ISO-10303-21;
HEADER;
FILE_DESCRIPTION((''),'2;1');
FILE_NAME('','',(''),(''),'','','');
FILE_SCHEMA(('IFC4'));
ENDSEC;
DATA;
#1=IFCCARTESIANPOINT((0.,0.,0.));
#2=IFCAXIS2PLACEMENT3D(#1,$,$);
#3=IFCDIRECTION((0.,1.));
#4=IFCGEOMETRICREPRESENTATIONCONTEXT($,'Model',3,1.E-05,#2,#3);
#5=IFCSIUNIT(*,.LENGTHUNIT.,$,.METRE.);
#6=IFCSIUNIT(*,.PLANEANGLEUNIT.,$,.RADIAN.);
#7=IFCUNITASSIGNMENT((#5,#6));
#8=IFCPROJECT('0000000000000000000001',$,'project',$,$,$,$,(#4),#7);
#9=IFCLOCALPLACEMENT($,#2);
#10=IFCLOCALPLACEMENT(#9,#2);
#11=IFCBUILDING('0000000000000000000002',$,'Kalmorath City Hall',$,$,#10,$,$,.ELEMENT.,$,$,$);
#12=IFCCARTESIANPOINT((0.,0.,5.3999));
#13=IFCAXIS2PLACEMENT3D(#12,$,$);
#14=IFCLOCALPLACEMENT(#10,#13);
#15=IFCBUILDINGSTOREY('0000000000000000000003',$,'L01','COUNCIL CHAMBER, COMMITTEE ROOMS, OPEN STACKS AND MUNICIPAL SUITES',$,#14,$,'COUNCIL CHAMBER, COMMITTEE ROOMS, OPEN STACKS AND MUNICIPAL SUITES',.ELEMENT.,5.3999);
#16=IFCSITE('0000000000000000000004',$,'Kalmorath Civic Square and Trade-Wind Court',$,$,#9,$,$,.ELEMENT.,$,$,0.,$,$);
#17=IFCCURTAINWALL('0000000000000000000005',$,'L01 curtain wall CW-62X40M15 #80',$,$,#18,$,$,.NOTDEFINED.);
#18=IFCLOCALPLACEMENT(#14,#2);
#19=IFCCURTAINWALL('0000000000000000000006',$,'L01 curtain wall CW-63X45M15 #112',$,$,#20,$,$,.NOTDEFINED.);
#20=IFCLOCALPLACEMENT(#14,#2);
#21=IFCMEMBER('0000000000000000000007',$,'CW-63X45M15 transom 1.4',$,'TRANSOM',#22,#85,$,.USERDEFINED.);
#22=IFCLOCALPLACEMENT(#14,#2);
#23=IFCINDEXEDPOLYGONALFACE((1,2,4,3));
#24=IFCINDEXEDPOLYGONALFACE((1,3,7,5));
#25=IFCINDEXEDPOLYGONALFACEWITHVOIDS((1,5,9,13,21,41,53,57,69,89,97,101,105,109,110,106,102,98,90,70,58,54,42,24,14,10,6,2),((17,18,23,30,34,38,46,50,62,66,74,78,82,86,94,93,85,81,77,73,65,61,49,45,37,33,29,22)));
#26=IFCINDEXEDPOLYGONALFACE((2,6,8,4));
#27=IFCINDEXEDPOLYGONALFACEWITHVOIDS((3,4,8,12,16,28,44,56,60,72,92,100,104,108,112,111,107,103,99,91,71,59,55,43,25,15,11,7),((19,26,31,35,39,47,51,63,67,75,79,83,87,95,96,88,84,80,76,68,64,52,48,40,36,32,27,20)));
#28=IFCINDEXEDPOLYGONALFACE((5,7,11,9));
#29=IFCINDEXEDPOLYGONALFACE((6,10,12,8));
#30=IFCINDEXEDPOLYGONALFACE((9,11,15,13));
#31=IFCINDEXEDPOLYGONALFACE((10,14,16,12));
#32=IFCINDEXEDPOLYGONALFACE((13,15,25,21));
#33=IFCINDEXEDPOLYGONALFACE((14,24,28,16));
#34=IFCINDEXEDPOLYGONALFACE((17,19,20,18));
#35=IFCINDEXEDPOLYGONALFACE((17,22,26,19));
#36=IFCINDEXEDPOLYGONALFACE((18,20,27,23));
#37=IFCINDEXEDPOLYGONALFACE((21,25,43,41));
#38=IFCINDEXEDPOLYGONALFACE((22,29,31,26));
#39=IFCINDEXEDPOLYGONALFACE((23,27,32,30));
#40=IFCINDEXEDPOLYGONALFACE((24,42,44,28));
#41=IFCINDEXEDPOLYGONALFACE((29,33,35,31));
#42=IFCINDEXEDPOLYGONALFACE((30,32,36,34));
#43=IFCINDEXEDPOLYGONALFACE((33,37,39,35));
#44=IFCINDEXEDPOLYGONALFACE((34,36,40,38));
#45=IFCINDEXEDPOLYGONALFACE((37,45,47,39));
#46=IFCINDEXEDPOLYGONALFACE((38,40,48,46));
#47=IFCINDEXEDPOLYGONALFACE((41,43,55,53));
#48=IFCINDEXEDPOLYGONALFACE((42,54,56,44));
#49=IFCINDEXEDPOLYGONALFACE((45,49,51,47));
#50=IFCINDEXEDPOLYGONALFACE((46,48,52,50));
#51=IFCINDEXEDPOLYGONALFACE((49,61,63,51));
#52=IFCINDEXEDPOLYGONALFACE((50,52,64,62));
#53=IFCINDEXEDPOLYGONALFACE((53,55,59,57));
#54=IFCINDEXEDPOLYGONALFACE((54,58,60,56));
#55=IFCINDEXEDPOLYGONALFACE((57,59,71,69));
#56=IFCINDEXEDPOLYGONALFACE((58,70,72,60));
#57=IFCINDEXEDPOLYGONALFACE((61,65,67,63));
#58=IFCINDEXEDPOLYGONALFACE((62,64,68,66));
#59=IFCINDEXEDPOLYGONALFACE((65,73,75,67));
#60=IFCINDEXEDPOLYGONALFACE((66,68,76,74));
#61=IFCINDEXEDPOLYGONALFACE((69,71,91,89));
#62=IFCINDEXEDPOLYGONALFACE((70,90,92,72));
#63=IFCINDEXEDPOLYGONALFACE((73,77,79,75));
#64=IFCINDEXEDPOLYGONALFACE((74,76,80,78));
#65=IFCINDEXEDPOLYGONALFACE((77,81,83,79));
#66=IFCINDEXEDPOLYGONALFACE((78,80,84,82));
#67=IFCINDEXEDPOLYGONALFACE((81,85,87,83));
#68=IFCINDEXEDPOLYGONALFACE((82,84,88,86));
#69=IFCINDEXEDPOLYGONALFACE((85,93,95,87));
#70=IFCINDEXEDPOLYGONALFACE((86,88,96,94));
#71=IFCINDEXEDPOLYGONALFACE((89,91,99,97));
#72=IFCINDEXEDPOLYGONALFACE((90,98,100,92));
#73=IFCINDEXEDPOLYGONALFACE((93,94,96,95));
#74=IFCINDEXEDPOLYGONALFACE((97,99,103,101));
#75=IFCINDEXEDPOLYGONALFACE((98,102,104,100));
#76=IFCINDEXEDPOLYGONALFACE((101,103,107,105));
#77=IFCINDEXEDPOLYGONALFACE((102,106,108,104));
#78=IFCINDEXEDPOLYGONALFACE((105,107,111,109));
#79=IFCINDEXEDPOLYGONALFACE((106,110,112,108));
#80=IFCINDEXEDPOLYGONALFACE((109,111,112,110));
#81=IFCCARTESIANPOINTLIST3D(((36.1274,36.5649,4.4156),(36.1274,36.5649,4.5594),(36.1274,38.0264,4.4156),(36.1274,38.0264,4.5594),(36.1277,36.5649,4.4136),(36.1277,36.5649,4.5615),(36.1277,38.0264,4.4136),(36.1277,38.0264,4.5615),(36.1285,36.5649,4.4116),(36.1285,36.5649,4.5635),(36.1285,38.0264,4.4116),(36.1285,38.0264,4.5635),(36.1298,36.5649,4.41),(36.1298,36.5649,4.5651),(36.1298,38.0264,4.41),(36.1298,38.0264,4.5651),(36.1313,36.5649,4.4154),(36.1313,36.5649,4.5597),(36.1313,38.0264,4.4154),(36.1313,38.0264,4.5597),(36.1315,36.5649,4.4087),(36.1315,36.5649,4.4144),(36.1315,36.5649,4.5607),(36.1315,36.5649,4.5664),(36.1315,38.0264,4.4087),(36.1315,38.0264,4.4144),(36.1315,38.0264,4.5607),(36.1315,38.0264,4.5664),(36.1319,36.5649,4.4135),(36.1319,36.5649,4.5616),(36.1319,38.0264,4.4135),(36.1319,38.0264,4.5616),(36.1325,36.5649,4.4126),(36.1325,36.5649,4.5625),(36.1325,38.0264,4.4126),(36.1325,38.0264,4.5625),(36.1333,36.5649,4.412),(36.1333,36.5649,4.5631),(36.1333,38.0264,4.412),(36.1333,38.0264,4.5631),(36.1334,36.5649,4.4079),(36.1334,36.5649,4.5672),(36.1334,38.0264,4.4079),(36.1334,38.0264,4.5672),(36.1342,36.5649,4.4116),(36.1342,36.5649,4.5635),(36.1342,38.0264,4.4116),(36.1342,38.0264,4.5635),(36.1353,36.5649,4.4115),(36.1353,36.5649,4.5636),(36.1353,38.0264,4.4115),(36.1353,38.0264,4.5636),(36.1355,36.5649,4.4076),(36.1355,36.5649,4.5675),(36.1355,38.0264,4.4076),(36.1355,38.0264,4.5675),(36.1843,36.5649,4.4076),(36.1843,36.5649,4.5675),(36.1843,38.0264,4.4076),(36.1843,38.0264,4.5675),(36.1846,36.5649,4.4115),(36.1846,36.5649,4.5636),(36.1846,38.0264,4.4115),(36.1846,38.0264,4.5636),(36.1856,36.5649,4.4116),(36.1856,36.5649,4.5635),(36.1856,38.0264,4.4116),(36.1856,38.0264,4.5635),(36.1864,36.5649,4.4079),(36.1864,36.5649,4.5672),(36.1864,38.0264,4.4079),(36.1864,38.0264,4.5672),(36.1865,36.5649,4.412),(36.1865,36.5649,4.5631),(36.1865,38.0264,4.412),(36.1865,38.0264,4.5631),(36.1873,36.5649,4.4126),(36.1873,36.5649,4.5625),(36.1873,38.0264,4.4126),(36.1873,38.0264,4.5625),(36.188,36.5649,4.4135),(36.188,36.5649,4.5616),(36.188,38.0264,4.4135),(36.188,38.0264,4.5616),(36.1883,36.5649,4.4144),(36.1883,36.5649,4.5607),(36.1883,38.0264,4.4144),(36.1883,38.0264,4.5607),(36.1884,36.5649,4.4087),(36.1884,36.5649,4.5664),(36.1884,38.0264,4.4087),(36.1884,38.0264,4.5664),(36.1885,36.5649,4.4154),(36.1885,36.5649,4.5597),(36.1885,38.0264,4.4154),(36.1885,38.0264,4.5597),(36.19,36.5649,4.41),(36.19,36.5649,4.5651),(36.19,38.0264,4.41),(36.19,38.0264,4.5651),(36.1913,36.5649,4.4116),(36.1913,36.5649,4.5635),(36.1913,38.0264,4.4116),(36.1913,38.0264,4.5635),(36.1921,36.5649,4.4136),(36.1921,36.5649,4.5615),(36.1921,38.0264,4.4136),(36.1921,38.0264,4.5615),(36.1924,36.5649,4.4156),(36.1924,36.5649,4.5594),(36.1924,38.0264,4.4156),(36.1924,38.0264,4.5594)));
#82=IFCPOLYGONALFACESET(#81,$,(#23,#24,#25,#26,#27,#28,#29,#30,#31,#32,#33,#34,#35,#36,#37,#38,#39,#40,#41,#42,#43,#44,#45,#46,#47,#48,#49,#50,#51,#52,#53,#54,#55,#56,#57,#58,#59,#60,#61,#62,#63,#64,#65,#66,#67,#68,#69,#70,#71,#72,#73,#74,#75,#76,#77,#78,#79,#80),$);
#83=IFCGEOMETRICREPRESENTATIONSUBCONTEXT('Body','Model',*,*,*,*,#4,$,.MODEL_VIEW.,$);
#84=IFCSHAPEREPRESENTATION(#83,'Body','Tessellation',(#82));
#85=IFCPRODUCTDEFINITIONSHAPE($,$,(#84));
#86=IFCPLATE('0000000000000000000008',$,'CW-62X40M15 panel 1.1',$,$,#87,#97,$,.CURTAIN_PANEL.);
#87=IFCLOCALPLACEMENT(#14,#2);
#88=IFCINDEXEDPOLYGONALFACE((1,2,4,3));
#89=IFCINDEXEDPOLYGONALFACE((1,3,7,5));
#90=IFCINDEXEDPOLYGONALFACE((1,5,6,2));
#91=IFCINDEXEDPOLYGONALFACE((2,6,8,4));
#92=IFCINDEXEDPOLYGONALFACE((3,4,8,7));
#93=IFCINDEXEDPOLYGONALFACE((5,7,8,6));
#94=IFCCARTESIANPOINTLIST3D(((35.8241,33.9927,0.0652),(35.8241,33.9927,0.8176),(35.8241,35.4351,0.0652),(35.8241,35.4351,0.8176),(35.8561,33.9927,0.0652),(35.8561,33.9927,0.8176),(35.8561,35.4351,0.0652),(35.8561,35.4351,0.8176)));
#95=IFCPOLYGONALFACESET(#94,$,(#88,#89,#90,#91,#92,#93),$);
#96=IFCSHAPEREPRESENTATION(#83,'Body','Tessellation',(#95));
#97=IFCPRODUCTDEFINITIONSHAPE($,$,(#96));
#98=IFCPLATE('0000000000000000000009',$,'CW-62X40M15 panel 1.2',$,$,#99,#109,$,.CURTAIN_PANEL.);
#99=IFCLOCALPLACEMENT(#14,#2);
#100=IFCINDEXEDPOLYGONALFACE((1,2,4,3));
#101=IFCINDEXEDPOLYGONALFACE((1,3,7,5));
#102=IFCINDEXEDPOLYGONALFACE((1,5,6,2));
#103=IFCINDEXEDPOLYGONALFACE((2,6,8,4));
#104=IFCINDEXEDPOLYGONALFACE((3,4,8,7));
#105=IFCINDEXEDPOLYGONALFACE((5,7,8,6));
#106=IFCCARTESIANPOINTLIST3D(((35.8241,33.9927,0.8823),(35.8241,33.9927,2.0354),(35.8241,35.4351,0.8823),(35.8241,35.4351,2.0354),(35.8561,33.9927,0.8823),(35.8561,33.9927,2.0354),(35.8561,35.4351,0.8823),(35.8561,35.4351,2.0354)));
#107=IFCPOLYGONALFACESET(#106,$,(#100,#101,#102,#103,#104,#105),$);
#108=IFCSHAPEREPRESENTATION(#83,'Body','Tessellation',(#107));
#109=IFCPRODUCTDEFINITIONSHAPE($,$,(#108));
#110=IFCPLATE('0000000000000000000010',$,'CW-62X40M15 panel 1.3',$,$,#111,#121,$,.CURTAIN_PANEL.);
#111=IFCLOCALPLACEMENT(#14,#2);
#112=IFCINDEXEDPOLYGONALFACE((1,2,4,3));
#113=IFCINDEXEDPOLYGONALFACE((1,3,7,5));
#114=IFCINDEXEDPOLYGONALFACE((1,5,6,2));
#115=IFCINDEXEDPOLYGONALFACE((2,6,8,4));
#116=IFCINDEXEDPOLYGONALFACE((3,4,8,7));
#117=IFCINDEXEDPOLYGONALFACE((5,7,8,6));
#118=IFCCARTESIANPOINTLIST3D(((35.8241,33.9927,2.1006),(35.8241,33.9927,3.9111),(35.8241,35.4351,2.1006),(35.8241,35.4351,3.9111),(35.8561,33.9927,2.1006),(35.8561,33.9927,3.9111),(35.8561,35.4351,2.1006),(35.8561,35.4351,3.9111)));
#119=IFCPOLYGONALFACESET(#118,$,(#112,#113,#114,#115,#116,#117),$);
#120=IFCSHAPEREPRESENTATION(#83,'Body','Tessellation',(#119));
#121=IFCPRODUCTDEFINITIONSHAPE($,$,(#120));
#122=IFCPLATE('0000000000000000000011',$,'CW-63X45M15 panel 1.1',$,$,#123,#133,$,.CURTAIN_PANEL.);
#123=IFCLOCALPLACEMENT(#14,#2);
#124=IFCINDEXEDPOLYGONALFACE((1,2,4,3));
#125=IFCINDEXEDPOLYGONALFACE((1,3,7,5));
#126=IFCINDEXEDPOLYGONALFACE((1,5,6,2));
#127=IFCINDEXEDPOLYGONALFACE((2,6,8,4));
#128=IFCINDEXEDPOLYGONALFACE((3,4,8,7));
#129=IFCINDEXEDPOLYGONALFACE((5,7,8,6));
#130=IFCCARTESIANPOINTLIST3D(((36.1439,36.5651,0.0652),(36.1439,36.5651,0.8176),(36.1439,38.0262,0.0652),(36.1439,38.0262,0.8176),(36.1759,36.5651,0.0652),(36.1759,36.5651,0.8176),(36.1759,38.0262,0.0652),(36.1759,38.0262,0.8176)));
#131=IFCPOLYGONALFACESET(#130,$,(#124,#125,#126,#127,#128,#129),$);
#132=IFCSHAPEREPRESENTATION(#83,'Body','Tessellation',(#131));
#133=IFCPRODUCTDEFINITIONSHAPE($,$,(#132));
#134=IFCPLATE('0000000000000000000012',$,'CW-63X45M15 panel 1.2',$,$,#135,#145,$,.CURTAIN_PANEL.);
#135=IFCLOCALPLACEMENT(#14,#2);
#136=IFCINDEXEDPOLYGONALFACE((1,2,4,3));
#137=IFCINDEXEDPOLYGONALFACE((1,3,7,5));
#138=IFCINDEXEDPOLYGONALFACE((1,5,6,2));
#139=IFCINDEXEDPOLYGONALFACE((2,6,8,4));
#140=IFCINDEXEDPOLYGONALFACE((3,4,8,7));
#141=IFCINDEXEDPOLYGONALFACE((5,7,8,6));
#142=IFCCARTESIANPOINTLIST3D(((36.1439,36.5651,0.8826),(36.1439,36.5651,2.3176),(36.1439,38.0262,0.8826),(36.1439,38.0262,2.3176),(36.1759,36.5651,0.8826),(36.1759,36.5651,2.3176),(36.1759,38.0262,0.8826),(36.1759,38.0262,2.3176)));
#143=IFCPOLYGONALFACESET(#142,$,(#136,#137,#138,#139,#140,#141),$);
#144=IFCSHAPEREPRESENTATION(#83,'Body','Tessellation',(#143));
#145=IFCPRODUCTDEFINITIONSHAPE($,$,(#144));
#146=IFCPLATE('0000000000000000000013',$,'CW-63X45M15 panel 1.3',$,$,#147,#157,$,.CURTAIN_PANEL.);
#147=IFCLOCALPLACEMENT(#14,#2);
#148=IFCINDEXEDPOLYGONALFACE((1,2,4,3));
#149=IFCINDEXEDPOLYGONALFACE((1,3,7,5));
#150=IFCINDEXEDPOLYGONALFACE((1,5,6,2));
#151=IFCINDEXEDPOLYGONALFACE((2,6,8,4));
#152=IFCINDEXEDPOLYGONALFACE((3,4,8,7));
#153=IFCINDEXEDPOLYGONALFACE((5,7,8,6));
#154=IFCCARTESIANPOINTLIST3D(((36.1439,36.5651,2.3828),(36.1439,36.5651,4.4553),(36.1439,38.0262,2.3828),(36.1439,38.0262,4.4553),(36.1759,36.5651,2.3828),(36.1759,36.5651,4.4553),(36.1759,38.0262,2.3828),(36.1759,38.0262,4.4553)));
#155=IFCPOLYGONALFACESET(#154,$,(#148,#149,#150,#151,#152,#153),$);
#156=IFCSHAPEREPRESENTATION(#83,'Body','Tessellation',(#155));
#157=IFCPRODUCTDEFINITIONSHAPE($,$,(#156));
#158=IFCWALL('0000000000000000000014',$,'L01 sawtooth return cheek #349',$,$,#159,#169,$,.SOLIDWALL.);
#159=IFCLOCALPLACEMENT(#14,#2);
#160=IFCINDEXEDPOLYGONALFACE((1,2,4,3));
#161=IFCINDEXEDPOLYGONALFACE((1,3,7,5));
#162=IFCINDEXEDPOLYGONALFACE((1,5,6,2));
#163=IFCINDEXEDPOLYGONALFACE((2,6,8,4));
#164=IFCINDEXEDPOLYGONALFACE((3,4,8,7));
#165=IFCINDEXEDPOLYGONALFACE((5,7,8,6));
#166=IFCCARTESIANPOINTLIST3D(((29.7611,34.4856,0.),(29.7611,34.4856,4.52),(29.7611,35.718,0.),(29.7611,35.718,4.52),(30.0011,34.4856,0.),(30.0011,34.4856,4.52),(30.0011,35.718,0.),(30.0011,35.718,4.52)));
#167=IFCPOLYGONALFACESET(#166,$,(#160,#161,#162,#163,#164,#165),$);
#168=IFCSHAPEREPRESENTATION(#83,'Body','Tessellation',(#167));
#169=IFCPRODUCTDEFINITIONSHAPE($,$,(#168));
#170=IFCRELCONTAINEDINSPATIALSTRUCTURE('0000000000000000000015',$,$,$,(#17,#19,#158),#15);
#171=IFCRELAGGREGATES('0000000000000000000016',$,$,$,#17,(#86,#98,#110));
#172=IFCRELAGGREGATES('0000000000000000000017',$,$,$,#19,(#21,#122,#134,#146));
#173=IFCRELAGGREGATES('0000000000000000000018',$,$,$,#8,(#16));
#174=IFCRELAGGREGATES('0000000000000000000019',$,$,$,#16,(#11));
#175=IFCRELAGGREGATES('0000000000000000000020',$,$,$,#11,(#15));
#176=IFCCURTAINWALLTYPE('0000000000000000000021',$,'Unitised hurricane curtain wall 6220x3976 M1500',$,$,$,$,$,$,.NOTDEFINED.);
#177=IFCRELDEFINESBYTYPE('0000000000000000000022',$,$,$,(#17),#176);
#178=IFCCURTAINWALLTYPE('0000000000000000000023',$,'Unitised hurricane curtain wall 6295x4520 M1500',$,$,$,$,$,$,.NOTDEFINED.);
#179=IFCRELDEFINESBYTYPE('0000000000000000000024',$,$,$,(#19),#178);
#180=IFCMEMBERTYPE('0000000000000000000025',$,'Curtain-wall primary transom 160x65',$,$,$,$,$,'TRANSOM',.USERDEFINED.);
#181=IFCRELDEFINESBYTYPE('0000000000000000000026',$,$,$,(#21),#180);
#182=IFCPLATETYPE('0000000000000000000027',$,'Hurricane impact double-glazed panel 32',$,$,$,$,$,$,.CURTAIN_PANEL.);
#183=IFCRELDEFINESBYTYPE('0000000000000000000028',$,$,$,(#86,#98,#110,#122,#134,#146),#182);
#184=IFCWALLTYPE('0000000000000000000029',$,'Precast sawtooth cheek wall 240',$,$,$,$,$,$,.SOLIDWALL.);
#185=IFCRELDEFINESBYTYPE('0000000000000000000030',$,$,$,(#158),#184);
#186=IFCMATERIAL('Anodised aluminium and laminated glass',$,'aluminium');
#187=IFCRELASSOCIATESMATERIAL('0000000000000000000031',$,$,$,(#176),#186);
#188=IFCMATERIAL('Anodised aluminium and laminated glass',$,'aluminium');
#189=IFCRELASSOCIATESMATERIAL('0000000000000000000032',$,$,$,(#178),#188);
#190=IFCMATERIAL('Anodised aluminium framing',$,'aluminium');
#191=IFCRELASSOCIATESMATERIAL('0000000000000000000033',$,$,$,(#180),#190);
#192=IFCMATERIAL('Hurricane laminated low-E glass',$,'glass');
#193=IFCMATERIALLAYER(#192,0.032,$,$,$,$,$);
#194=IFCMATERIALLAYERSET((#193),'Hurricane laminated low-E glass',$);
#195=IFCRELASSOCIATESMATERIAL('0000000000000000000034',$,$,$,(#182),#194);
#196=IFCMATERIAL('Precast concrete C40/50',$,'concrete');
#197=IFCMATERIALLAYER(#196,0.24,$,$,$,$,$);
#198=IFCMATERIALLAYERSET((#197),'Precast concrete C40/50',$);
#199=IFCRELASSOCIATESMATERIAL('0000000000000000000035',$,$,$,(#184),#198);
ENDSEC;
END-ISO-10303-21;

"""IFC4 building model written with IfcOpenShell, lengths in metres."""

from ifc_helpers import new_model, si_unit, direction, frame, frame_2d, origin, origin_2d, place, context, subcontext, project, spatial, rectangle, hollow_rectangle, extrude, material, layer, layer_set, material_profile, profile_set, type_object, element, aggregate, save


model = new_model("IFC4")

# Units and contexts
model_context = context("Model", 3, precision=1e-05, world=origin(), true_north=direction((0.0, 1.0)))
body_context = subcontext(model_context, "Body", "Model", "MODEL_VIEW")
ifc_project = project(units=[si_unit("LENGTHUNIT", "METRE"), si_unit("PLANEANGLEUNIT", "RADIAN")], contexts=[model_context])

# Site, building, storey
site_placement = place(None, origin())
site = spatial("IfcSite", under=ifc_project, at=site_placement, Name="Kalmorath Civic Square and Trade-Wind Court", CompositionType="ELEMENT", RefElevation=0.0)
building_placement = place(site_placement, origin())
building = spatial("IfcBuilding", under=site, at=building_placement, Name="Kalmorath City Hall", CompositionType="ELEMENT")
storey_placement = place(building_placement, frame((0.0, 0.0, 5.3999)))
storey = spatial("IfcBuildingStorey", under=building, at=storey_placement, Name="L01", Description="COUNCIL CHAMBER, COMMITTEE ROOMS, OPEN STACKS AND MUNICIPAL SUITES", LongName="COUNCIL CHAMBER, COMMITTEE ROOMS, OPEN STACKS AND MUNICIPAL SUITES", CompositionType="ELEMENT", Elevation=5.3999)

# Curtain wall
ifc_material_1 = material(Name="Anodised aluminium and laminated glass", Category="aluminium")
curtain_wall_type_1 = type_object("IfcCurtainWallType", Name="Unitised hurricane curtain wall 6220x3976 M1500", PredefinedType="NOTDEFINED", material=ifc_material_1)
curtain_wall_1_placement = place(storey_placement, origin())
curtain_wall_1 = element("IfcCurtainWall", 1, at=curtain_wall_1_placement, inside=storey, type_object=curtain_wall_type_1, Name="L01 curtain wall CW-62X40M15 #80", PredefinedType="NOTDEFINED")

# Curtain wall
ifc_material_2 = material(Name="Anodised aluminium and laminated glass", Category="aluminium")
curtain_wall_type_2 = type_object("IfcCurtainWallType", Name="Unitised hurricane curtain wall 6295x4520 M1500", PredefinedType="NOTDEFINED", material=ifc_material_2)
curtain_wall_2_placement = place(storey_placement, origin())
curtain_wall_2 = element("IfcCurtainWall", 2, at=curtain_wall_2_placement, inside=storey, type_object=curtain_wall_type_2, Name="L01 curtain wall CW-63X45M15 #112", PredefinedType="NOTDEFINED")

# Member
ifc_material_3 = material(Name="Anodised aluminium framing", Category="aluminium")
ifc_material_profile_1 = material_profile(ifc_material_3, hollow_rectangle(XDim=0.0649, YDim=0.1599, WallThickness=0.0039, InnerFilletRadius=0.0039, OuterFilletRadius=0.0081, at=origin_2d()), Name="ALU-TRN-160X65X4")
ifc_profile_set_1 = profile_set([ifc_material_profile_1], Name="Anodised aluminium framing")
member_type_1 = type_object("IfcMemberType", Name="Curtain-wall primary transom 160x65", ElementType="TRANSOM", PredefinedType="USERDEFINED", material=ifc_profile_set_1)
member_1_placement = place(storey_placement, frame((36.1599, 36.5649, 4.4875), z_axis=(0.0, 1.0, 0.0), x_axis=(-1.0, 0.0, 0.0)))
member_1 = element("IfcMember", 3, at=member_1_placement, type_object=member_type_1, Name="CW-63X45M15 transom 1.4", ObjectType="TRANSOM", PredefinedType="USERDEFINED", context=body_context, shape_type="SweptSolid", body=[
    extrude(hollow_rectangle(XDim=0.0649, YDim=0.1599, WallThickness=0.0039, InnerFilletRadius=0.0039, OuterFilletRadius=0.0081, at=origin_2d()), origin(), (0.0, 0.0, 1.0), 1.4614),
])

# Plates
ifc_material_4 = material(Name="Hurricane laminated low-E glass", Category="glass")
ifc_layer_1 = layer(ifc_material_4, 0.032)
ifc_layer_set_1 = layer_set([ifc_layer_1], Name="Hurricane laminated low-E glass")
plate_type = type_object("IfcPlateType", Name="Hurricane impact double-glazed panel 32", PredefinedType="CURTAIN_PANEL", material=ifc_layer_set_1)
plate_1_placement = place(storey_placement, frame((35.8401, 34.7139, 0.0652), z_axis=(0.0, 0.0, 1.0), x_axis=(0.0, -1.0, 0.0)))
plate_1 = element("IfcPlate", 4, at=plate_1_placement, type_object=plate_type, Name="CW-62X40M15 panel 1.1", PredefinedType="CURTAIN_PANEL", context=body_context, shape_type="SweptSolid", body=[
    extrude(rectangle(XDim=1.4424, YDim=0.032, at=origin_2d()), origin(), (0.0, 0.0, 1.0), 0.7524),
])
plate_2_placement = place(storey_placement, frame((35.8401, 34.7139, 0.8823), z_axis=(0.0, 0.0, 1.0), x_axis=(0.0, -1.0, 0.0)))
plate_2 = element("IfcPlate", 5, at=plate_2_placement, type_object=plate_type, Name="CW-62X40M15 panel 1.2", PredefinedType="CURTAIN_PANEL", context=body_context, shape_type="SweptSolid", body=[
    extrude(rectangle(XDim=1.4424, YDim=0.032, at=origin_2d()), origin(), (0.0, 0.0, 1.0), 1.1531),
])
plate_3_placement = place(storey_placement, frame((35.8401, 34.7139, 2.1006), z_axis=(0.0, 0.0, 1.0), x_axis=(0.0, -1.0, 0.0)))
plate_3 = element("IfcPlate", 6, at=plate_3_placement, type_object=plate_type, Name="CW-62X40M15 panel 1.3", PredefinedType="CURTAIN_PANEL", context=body_context, shape_type="SweptSolid", body=[
    extrude(rectangle(XDim=1.4424, YDim=0.032, at=origin_2d()), origin(), (0.0, 0.0, 1.0), 1.8105),
])
aggregate(curtain_wall_1, [plate_1, plate_2, plate_3])
plate_4_placement = place(storey_placement, frame((36.1599, 37.2957, 0.0652), z_axis=(0.0, 0.0, 1.0), x_axis=(0.0, 1.0, 0.0)))
plate_4 = element("IfcPlate", 7, at=plate_4_placement, type_object=plate_type, Name="CW-63X45M15 panel 1.1", PredefinedType="CURTAIN_PANEL", context=body_context, shape_type="SweptSolid", body=[
    extrude(rectangle(XDim=1.4612, YDim=0.032, at=origin_2d()), origin(), (0.0, 0.0, 1.0), 0.7524),
])
plate_5_placement = place(storey_placement, frame((36.1599, 37.2957, 0.8826), z_axis=(0.0, 0.0, 1.0), x_axis=(0.0, 1.0, 0.0)))
plate_5 = element("IfcPlate", 8, at=plate_5_placement, type_object=plate_type, Name="CW-63X45M15 panel 1.2", PredefinedType="CURTAIN_PANEL", context=body_context, shape_type="SweptSolid", body=[
    extrude(rectangle(XDim=1.4612, YDim=0.032, at=origin_2d()), origin(), (0.0, 0.0, 1.0), 1.4351),
])
plate_6_placement = place(storey_placement, frame((36.1599, 37.2957, 2.3828), z_axis=(0.0, 0.0, 1.0), x_axis=(0.0, 1.0, 0.0)))
plate_6 = element("IfcPlate", 9, at=plate_6_placement, type_object=plate_type, Name="CW-63X45M15 panel 1.3", PredefinedType="CURTAIN_PANEL", context=body_context, shape_type="SweptSolid", body=[
    extrude(rectangle(XDim=1.4612, YDim=0.032, at=origin_2d()), origin(), (0.0, 0.0, 1.0), 2.0725),
])
aggregate(curtain_wall_2, [member_1, plate_4, plate_5, plate_6])

# Wall
ifc_material_5 = material(Name="Precast concrete C40/50", Category="concrete")
ifc_layer_2 = layer(ifc_material_5, 0.24)
ifc_layer_set_2 = layer_set([ifc_layer_2], Name="Precast concrete C40/50")
wall_type_1 = type_object("IfcWallType", Name="Precast sawtooth cheek wall 240", PredefinedType="SOLIDWALL", material=ifc_layer_set_2)
wall_1_placement = place(storey_placement, frame((29.8811, 34.4856, 0.0), z_axis=(0.0, 0.0, 1.0), x_axis=(0.0, 1.0, 0.0)))
element("IfcWall", 10, at=wall_1_placement, inside=storey, type_object=wall_type_1, Name="L01 sawtooth return cheek #349", PredefinedType="SOLIDWALL", context=body_context, shape_type="SweptSolid", body=[
    extrude(rectangle(XDim=1.2324, YDim=0.24, at=frame_2d((0.6162, 0.0))), origin(), (0.0, 0.0, 1.0), 4.52),
])

save(model, "model.ifc")
